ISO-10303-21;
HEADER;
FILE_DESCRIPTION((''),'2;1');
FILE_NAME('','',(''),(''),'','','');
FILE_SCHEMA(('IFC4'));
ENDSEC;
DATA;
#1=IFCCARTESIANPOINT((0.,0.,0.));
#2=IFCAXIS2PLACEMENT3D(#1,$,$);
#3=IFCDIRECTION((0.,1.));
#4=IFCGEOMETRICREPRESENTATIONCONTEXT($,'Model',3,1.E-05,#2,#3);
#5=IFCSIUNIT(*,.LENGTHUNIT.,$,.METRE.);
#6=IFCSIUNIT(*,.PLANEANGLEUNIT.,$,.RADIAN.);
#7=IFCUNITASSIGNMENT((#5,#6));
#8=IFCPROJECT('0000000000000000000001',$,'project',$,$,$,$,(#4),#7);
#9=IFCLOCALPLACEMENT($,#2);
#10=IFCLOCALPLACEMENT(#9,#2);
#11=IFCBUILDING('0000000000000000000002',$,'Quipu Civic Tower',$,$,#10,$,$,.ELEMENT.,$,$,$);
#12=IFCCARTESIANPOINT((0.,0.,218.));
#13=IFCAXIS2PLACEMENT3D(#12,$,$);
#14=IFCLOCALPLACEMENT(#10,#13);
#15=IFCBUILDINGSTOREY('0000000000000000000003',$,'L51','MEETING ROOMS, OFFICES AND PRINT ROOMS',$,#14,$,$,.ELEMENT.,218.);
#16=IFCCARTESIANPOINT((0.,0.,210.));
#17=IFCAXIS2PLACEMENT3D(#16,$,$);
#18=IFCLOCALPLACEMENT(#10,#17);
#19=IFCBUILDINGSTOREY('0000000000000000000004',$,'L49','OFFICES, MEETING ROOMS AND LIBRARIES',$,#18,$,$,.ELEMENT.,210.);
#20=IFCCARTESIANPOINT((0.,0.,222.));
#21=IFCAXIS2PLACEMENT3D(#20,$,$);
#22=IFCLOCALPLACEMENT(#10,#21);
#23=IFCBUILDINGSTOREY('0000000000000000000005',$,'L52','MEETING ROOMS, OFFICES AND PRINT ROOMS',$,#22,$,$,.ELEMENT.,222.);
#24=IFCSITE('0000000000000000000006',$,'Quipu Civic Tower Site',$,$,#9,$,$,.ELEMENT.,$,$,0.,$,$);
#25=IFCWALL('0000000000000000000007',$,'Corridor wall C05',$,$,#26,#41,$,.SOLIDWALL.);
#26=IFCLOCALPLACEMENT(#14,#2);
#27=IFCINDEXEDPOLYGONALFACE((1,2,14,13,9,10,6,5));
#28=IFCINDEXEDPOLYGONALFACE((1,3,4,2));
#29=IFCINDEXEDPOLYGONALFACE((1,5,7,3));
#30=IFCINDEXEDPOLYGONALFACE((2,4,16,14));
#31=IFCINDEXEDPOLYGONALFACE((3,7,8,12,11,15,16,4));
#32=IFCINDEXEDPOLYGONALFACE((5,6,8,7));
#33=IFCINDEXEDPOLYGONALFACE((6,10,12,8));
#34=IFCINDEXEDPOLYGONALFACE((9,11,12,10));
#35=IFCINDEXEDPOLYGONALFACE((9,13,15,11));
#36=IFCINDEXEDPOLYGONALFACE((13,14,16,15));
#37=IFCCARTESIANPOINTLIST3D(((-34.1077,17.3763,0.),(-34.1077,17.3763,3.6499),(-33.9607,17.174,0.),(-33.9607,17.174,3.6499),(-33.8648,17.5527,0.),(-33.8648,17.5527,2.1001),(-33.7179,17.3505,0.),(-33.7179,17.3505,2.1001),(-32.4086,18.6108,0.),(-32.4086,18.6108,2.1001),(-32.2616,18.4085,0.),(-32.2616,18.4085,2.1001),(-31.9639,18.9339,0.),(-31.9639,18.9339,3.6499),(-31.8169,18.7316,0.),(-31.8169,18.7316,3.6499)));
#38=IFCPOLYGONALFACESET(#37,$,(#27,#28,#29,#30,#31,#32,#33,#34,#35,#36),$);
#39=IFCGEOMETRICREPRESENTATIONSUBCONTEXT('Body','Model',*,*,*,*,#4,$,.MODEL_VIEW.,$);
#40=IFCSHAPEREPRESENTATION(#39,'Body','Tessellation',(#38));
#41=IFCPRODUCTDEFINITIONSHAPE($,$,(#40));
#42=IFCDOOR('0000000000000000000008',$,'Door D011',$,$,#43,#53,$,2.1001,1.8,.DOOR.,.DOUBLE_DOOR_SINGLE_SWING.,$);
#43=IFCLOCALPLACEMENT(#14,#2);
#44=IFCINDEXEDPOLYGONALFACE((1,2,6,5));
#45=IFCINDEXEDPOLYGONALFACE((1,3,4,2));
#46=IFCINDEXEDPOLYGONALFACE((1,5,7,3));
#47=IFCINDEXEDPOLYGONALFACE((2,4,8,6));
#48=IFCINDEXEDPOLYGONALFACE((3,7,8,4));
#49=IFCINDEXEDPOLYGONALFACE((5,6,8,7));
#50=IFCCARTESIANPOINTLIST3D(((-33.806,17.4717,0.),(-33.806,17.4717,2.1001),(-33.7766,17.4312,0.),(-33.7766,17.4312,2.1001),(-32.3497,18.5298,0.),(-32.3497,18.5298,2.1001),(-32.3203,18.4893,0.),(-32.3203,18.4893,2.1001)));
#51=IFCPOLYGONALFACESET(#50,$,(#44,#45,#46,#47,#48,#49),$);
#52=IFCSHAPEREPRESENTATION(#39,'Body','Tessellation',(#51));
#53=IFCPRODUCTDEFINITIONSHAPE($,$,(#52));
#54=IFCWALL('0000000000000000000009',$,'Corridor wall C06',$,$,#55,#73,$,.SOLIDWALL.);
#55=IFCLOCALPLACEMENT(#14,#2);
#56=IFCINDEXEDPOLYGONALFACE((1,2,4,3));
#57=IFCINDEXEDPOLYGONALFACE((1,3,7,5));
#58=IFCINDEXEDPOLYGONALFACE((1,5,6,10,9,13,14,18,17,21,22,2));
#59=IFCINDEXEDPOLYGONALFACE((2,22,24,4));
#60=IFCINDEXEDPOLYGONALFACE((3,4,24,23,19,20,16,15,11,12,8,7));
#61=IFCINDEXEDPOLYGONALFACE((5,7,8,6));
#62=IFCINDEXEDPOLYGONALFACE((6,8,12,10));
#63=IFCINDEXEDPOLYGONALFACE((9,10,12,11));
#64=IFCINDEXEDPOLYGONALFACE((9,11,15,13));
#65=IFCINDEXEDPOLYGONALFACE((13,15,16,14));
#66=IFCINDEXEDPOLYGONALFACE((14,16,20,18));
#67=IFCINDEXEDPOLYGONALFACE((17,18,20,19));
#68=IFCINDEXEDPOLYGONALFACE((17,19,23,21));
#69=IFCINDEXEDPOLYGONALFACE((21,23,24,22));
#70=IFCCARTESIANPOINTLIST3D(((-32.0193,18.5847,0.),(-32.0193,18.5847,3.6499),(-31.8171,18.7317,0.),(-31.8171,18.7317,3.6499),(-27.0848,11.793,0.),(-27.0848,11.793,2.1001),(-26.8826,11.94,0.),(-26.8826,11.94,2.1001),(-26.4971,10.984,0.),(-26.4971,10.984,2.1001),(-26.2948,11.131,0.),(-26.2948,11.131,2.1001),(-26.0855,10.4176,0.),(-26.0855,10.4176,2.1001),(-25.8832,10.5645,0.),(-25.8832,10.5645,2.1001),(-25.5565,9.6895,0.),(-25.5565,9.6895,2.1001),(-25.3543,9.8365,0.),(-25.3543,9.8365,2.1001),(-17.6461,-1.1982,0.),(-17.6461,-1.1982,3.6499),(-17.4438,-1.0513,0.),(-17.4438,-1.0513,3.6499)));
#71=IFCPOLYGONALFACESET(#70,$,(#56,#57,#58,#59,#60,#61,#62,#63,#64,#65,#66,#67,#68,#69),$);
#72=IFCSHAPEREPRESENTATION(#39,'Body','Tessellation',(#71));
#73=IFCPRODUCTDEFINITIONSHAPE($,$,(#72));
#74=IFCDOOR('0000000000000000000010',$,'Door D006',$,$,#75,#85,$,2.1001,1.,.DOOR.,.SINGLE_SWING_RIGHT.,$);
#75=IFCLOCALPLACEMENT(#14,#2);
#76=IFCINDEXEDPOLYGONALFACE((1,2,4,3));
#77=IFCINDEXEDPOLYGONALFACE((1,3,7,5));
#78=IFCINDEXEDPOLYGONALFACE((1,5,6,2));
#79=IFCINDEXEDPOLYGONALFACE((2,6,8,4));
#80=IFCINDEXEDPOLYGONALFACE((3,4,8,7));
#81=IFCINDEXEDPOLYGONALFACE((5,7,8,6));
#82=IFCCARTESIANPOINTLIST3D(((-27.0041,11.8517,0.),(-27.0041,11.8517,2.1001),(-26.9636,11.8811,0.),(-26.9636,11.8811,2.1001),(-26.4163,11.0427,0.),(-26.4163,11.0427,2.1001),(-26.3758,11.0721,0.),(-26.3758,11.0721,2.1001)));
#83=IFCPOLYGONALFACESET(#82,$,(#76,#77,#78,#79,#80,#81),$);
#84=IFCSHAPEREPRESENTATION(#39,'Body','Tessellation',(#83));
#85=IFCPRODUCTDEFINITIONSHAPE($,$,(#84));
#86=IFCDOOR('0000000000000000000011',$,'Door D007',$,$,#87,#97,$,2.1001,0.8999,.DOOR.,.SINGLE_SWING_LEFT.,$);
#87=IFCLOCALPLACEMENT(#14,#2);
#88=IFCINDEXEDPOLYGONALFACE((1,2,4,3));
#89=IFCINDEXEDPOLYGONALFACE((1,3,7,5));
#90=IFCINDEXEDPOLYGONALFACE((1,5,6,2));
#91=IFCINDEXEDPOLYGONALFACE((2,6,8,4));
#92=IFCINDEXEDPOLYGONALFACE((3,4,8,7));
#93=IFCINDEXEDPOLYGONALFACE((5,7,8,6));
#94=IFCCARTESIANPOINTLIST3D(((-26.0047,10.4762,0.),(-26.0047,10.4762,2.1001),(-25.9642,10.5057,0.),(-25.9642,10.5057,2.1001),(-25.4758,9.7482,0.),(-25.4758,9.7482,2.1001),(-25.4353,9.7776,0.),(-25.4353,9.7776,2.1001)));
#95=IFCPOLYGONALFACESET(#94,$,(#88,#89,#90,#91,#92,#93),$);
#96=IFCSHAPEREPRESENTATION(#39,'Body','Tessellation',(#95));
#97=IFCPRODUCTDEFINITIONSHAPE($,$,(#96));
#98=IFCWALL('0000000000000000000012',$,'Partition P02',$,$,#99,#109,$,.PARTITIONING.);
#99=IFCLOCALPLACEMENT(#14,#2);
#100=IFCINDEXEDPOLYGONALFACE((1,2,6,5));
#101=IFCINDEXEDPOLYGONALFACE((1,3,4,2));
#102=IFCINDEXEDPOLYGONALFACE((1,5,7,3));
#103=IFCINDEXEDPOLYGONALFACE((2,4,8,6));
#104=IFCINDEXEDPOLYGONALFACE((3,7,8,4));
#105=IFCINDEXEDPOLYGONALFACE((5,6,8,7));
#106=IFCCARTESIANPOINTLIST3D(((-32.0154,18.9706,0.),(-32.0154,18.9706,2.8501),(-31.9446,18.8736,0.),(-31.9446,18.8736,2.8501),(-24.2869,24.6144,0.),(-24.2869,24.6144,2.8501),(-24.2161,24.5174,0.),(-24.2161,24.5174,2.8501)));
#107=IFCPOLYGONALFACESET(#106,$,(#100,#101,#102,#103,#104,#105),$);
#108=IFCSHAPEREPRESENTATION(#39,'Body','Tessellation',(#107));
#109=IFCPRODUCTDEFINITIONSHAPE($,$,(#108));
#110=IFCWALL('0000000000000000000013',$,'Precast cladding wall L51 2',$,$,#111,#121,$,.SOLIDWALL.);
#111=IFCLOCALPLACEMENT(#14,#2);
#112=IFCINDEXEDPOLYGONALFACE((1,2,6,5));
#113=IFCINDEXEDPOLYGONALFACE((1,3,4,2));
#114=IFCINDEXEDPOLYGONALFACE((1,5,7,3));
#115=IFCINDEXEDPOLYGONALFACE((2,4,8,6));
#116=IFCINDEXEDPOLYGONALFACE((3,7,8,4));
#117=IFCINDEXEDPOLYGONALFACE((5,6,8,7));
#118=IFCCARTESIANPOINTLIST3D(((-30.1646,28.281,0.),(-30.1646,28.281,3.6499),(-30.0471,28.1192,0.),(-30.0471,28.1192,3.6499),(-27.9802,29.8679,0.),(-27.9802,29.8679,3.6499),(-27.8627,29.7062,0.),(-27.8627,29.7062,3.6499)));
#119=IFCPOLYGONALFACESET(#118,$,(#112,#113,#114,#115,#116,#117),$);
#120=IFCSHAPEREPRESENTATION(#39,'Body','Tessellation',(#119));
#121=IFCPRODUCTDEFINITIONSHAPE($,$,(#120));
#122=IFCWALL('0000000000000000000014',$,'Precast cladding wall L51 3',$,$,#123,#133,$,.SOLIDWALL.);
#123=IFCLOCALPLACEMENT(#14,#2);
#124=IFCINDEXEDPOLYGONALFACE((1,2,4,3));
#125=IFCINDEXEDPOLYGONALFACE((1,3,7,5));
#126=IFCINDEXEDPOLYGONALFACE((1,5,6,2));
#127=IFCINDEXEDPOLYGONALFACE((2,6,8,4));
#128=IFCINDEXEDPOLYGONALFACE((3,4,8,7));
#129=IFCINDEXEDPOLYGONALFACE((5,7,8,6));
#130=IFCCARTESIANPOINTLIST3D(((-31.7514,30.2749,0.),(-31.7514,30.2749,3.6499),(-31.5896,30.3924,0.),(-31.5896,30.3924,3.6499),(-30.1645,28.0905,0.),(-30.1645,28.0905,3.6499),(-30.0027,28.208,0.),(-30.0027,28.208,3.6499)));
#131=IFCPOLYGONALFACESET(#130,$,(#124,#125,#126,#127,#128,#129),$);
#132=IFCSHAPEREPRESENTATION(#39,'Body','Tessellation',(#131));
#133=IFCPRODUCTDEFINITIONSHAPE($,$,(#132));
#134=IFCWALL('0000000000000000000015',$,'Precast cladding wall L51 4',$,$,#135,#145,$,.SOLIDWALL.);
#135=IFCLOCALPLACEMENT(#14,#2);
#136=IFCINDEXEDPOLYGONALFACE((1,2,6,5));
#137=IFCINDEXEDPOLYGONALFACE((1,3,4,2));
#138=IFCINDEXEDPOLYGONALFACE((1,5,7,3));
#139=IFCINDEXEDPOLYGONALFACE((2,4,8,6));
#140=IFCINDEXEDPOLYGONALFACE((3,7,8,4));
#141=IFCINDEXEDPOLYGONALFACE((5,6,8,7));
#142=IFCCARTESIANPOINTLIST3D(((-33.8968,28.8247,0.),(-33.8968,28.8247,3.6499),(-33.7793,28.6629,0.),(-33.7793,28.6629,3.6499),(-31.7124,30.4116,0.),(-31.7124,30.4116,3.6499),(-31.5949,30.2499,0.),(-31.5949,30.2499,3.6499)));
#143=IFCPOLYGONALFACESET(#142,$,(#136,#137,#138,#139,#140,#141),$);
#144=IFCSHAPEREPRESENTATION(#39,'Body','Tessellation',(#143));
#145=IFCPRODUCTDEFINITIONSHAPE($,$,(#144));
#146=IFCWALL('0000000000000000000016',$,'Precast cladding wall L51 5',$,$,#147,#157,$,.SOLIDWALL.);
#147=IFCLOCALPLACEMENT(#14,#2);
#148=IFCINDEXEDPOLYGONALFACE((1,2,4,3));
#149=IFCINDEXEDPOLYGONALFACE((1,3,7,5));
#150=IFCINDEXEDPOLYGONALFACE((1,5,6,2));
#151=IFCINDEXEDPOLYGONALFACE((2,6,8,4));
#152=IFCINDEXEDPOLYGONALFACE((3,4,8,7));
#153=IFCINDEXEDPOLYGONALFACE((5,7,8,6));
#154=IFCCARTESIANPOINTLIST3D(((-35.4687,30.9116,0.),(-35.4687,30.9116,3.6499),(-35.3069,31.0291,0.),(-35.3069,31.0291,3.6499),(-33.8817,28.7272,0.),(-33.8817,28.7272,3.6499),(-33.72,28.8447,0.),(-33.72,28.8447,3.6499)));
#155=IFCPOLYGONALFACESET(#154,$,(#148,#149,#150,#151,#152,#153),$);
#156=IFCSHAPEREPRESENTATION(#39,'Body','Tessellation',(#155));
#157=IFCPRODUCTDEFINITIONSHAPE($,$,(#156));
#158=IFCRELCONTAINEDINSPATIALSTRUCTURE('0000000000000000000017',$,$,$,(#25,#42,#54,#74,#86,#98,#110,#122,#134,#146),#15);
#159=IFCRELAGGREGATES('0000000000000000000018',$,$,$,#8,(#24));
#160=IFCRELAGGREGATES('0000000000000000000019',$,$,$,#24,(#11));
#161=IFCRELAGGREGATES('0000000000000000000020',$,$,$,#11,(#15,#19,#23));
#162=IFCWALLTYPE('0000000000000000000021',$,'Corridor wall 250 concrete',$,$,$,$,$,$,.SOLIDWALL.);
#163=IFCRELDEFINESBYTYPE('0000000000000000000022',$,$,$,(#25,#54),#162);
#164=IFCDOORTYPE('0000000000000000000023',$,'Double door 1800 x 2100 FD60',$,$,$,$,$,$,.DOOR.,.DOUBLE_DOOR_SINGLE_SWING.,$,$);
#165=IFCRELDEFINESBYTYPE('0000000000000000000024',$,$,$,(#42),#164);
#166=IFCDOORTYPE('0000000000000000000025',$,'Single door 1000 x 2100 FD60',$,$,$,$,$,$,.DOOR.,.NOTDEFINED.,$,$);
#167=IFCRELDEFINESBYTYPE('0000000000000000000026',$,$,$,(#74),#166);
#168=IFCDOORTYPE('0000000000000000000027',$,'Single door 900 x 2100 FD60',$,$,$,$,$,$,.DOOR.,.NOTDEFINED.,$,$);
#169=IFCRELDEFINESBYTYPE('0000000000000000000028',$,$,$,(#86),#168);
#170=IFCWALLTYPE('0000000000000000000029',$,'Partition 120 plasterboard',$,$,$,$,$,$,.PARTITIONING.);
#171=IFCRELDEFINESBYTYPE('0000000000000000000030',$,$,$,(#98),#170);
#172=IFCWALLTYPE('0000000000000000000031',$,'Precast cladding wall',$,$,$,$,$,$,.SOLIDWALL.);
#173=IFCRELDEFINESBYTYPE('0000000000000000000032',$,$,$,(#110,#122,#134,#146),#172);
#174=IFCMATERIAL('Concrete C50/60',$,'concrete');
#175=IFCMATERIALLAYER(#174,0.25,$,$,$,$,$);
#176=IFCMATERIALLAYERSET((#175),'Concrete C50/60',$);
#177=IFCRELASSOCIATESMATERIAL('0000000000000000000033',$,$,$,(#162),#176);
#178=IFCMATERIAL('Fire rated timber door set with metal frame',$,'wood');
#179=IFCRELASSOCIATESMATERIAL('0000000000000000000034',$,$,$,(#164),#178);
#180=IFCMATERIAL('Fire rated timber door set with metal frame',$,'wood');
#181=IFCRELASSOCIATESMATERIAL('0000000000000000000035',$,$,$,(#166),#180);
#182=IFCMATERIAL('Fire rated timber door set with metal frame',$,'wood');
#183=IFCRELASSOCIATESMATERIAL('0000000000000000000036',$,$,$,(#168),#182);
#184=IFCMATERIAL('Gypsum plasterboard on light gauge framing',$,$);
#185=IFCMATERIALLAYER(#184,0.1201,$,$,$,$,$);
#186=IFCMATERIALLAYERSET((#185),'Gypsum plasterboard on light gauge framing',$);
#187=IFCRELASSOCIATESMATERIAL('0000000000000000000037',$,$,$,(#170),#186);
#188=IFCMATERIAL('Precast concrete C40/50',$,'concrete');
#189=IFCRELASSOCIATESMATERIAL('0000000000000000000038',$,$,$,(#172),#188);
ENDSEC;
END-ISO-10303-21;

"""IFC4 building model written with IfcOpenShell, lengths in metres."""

from ifc_helpers import new_model, si_unit, direction, frame, frame_2d, origin, place, context, subcontext, project, spatial, rectangle, extrude, material, layer, layer_set, type_object, element, fill, save


model = new_model("IFC4")

# Units and contexts
model_context = context("Model", 3, precision=1e-05, world=origin(), true_north=direction((0.0, 1.0)))
body_context = subcontext(model_context, "Body", "Model", "MODEL_VIEW")
ifc_project = project(units=[si_unit("LENGTHUNIT", "METRE"), si_unit("PLANEANGLEUNIT", "RADIAN")], contexts=[model_context])

# Site, building, storey
site_placement = place(None, origin())
site = spatial("IfcSite", under=ifc_project, at=site_placement, Name="Quipu Civic Tower Site", CompositionType="ELEMENT", RefElevation=0.0)
building_placement = place(site_placement, origin())
building = spatial("IfcBuilding", under=site, at=building_placement, Name="Quipu Civic Tower", CompositionType="ELEMENT")
storey_1_placement = place(building_placement, frame((0.0, 0.0, 218.0)))
storey_1 = spatial("IfcBuildingStorey", under=building, at=storey_1_placement, Name="L51", Description="MEETING ROOMS, OFFICES AND PRINT ROOMS", CompositionType="ELEMENT", Elevation=218.0)

# Shared definitions
storey_2_placement = place(building_placement, frame((0.0, 0.0, 210.0)))
storey_2 = spatial("IfcBuildingStorey", under=building, at=storey_2_placement, Name="L49", Description="OFFICES, MEETING ROOMS AND LIBRARIES", CompositionType="ELEMENT", Elevation=210.0)

# Shared definitions
storey_3_placement = place(building_placement, frame((0.0, 0.0, 222.0)))
storey_3 = spatial("IfcBuildingStorey", under=building, at=storey_3_placement, Name="L52", Description="MEETING ROOMS, OFFICES AND PRINT ROOMS", CompositionType="ELEMENT", Elevation=222.0)

# Wall, opening, door
ifc_material_1 = material(Name="Concrete C50/60", Category="concrete")
ifc_layer_1 = layer(ifc_material_1, 0.25)
ifc_layer_set_1 = layer_set([ifc_layer_1], Name="Concrete C50/60")
wall_type_1 = type_object("IfcWallType", Name="Corridor wall 250 concrete", PredefinedType="SOLIDWALL", material=ifc_layer_set_1)
wall_1_placement = place(storey_1_placement, frame((-34.0342, 17.2751, 0.0), z_axis=(0.0, 0.0, 1.0), x_axis=(0.809007, 0.587799, 0.0)))
wall_1 = element("IfcWall", 1, at=wall_1_placement, inside=storey_1, type_object=wall_type_1, Name="Corridor wall C05", PredefinedType="SOLIDWALL", context=body_context, shape_type="SweptSolid", body=[
    extrude(rectangle(XDim=2.6499, YDim=0.25, at=frame_2d((1.325, 0.0))), origin(), (0.0, 0.0, 1.0), 3.6499),
])
opening_1_placement = place(wall_1_placement, frame((0.3003, 0.0, 0.0)))
opening_1 = element("IfcOpeningElement", 2, at=opening_1_placement, cuts=wall_1, PredefinedType="OPENING", context=body_context, shape_type="SweptSolid", body=[
    extrude(rectangle(XDim=1.8, YDim=2.1001, at=frame_2d((0.8999, 1.05))), frame((0.0, 0.135, 0.0), z_axis=(0.0, -1.0, 0.0), x_axis=(1.0, 0.0, 0.0)), (0.0, 0.0, 1.0), 0.27),
])
ifc_material_2 = material(Name="Fire rated timber door set with metal frame", Category="wood")
door_type_1 = type_object("IfcDoorType", Name="Double door 1800 x 2100 FD60", OperationType="DOUBLE_DOOR_SINGLE_SWING", PredefinedType="DOOR", material=ifc_material_2)
door_1_placement = place(opening_1_placement, origin())
door_1 = element("IfcDoor", 3, at=door_1_placement, inside=storey_1, type_object=door_type_1, Name="Door D011", OperationType="DOUBLE_DOOR_SINGLE_SWING", OverallHeight=2.1001, OverallWidth=1.8, PredefinedType="DOOR", context=body_context, shape_type="SweptSolid", body=[
    extrude(rectangle(XDim=1.8, YDim=2.1001, at=frame_2d((0.8999, 1.05))), frame((0.0, 0.0249, 0.0), z_axis=(0.0, -1.0, 0.0), x_axis=(1.0, 0.0, 0.0)), (0.0, 0.0, 1.0), 0.05),
])
fill(opening_1, door_1)

# Wall, openings, doors
wall_2_placement = place(storey_1_placement, frame((-31.9182, 18.6582, 0.0), z_axis=(0.0, 0.0, 1.0), x_axis=(0.587789, -0.809014, 0.0)))
wall_2 = element("IfcWall", 4, at=wall_2_placement, inside=storey_1, type_object=wall_type_1, Name="Corridor wall C06", PredefinedType="SOLIDWALL", context=body_context, shape_type="SweptSolid", body=[
    extrude(rectangle(XDim=24.4531, YDim=0.25, at=frame_2d((12.2266, 0.0))), origin(), (0.0, 0.0, 1.0), 3.6499),
])
opening_2_placement = place(wall_2_placement, frame((8.395, 0.0, 0.0)))
opening_2 = element("IfcOpeningElement", 5, at=opening_2_placement, cuts=wall_2, PredefinedType="OPENING", context=body_context, shape_type="SweptSolid", body=[
    extrude(rectangle(XDim=1.0, YDim=2.1001, at=frame_2d((0.5, 1.05))), frame((0.0, 0.135, 0.0), z_axis=(0.0, -1.0, 0.0), x_axis=(1.0, 0.0, 0.0)), (0.0, 0.0, 1.0), 0.27),
])
opening_3_placement = place(wall_2_placement, frame((10.0952, 0.0, 0.0)))
opening_3 = element("IfcOpeningElement", 6, at=opening_3_placement, cuts=wall_2, PredefinedType="OPENING", context=body_context, shape_type="SweptSolid", body=[
    extrude(rectangle(XDim=0.8999, YDim=2.1001, at=frame_2d((0.45, 1.05))), frame((0.0, 0.135, 0.0), z_axis=(0.0, -1.0, 0.0), x_axis=(1.0, 0.0, 0.0)), (0.0, 0.0, 1.0), 0.27),
])
ifc_material_3 = material(Name="Fire rated timber door set with metal frame", Category="wood")
door_type_2 = type_object("IfcDoorType", Name="Single door 1000 x 2100 FD60", OperationType="NOTDEFINED", PredefinedType="DOOR", material=ifc_material_3)
door_2_placement = place(opening_2_placement, origin())
door_2 = element("IfcDoor", 7, at=door_2_placement, inside=storey_1, type_object=door_type_2, Name="Door D006", OperationType="SINGLE_SWING_RIGHT", OverallHeight=2.1001, OverallWidth=1.0, PredefinedType="DOOR", context=body_context, shape_type="SweptSolid", body=[
    extrude(rectangle(XDim=1.0, YDim=2.1001, at=frame_2d((0.5, 1.05))), frame((0.0, 0.0249, 0.0), z_axis=(0.0, -1.0, 0.0), x_axis=(1.0, 0.0, 0.0)), (0.0, 0.0, 1.0), 0.05),
])
fill(opening_2, door_2)
ifc_material_4 = material(Name="Fire rated timber door set with metal frame", Category="wood")
door_type_3 = type_object("IfcDoorType", Name="Single door 900 x 2100 FD60", OperationType="NOTDEFINED", PredefinedType="DOOR", material=ifc_material_4)
door_3_placement = place(opening_3_placement, origin())
door_3 = element("IfcDoor", 8, at=door_3_placement, inside=storey_1, type_object=door_type_3, Name="Door D007", OperationType="SINGLE_SWING_LEFT", OverallHeight=2.1001, OverallWidth=0.8999, PredefinedType="DOOR", context=body_context, shape_type="SweptSolid", body=[
    extrude(rectangle(XDim=0.8999, YDim=2.1001, at=frame_2d((0.45, 1.05))), frame((0.0, 0.0249, 0.0), z_axis=(0.0, -1.0, 0.0), x_axis=(1.0, 0.0, 0.0)), (0.0, 0.0, 1.0), 0.05),
])
fill(opening_3, door_3)

# Walls
ifc_material_5 = material(Name="Gypsum plasterboard on light gauge framing")
ifc_layer_2 = layer(ifc_material_5, 0.1201)
ifc_layer_set_2 = layer_set([ifc_layer_2], Name="Gypsum plasterboard on light gauge framing")
wall_type_2 = type_object("IfcWallType", Name="Partition 120 plasterboard", PredefinedType="PARTITIONING", material=ifc_layer_set_2)
wall_3_placement = place(storey_1_placement, frame((-31.98, 18.9221, 0.0), z_axis=(0.0, 0.0, 1.0), x_axis=(0.807588, 0.589747, 0.0)))
element("IfcWall", 9, at=wall_3_placement, inside=storey_1, type_object=wall_type_2, Name="Partition P02", PredefinedType="PARTITIONING", context=body_context, shape_type="SweptSolid", body=[
    extrude(rectangle(XDim=9.5698, YDim=0.1201, at=frame_2d((4.7849, 0.0))), origin(), (0.0, 0.0, 1.0), 2.8501),
])
ifc_material_6 = material(Name="Precast concrete C40/50", Category="concrete")
wall_type_3 = type_object("IfcWallType", Name="Precast cladding wall", PredefinedType="SOLIDWALL", material=ifc_material_6)
for number, where, z_axis, x_axis, name in (
    (10, (-27.9214, 29.7871, 0.0), (0.0, 0.0, 1.0), (-0.809033, -0.587763, 0.0), "Precast cladding wall L51 2"),
    (11, (-30.0835, 28.1492, 0.0), (0.0, 0.0, 1.0), (-0.587763, 0.809033, 0.0), "Precast cladding wall L51 3"),
    (12, (-31.6536, 30.3308, 0.0), (0.0, 0.0, 1.0), (-0.809033, -0.587763, 0.0), "Precast cladding wall L51 4"),
    (13, (-33.8008, 28.7859, 0.0), (0.0, 0.0, 1.0), (-0.587763, 0.809033, 0.0), "Precast cladding wall L51 5"),
):
    element("IfcWall", number, at=place(storey_1_placement, frame(where, z_axis=z_axis, x_axis=x_axis)), inside=storey_1, type_object=wall_type_3, Name=name, PredefinedType="SOLIDWALL", context=body_context, shape_type="SweptSolid", body=[
        extrude(rectangle(XDim=2.7, YDim=0.2, at=frame_2d((1.3501, 0.0))), origin(), (0.0, 0.0, 1.0), 3.6499),
    ])

save(model, "model.ifc")
